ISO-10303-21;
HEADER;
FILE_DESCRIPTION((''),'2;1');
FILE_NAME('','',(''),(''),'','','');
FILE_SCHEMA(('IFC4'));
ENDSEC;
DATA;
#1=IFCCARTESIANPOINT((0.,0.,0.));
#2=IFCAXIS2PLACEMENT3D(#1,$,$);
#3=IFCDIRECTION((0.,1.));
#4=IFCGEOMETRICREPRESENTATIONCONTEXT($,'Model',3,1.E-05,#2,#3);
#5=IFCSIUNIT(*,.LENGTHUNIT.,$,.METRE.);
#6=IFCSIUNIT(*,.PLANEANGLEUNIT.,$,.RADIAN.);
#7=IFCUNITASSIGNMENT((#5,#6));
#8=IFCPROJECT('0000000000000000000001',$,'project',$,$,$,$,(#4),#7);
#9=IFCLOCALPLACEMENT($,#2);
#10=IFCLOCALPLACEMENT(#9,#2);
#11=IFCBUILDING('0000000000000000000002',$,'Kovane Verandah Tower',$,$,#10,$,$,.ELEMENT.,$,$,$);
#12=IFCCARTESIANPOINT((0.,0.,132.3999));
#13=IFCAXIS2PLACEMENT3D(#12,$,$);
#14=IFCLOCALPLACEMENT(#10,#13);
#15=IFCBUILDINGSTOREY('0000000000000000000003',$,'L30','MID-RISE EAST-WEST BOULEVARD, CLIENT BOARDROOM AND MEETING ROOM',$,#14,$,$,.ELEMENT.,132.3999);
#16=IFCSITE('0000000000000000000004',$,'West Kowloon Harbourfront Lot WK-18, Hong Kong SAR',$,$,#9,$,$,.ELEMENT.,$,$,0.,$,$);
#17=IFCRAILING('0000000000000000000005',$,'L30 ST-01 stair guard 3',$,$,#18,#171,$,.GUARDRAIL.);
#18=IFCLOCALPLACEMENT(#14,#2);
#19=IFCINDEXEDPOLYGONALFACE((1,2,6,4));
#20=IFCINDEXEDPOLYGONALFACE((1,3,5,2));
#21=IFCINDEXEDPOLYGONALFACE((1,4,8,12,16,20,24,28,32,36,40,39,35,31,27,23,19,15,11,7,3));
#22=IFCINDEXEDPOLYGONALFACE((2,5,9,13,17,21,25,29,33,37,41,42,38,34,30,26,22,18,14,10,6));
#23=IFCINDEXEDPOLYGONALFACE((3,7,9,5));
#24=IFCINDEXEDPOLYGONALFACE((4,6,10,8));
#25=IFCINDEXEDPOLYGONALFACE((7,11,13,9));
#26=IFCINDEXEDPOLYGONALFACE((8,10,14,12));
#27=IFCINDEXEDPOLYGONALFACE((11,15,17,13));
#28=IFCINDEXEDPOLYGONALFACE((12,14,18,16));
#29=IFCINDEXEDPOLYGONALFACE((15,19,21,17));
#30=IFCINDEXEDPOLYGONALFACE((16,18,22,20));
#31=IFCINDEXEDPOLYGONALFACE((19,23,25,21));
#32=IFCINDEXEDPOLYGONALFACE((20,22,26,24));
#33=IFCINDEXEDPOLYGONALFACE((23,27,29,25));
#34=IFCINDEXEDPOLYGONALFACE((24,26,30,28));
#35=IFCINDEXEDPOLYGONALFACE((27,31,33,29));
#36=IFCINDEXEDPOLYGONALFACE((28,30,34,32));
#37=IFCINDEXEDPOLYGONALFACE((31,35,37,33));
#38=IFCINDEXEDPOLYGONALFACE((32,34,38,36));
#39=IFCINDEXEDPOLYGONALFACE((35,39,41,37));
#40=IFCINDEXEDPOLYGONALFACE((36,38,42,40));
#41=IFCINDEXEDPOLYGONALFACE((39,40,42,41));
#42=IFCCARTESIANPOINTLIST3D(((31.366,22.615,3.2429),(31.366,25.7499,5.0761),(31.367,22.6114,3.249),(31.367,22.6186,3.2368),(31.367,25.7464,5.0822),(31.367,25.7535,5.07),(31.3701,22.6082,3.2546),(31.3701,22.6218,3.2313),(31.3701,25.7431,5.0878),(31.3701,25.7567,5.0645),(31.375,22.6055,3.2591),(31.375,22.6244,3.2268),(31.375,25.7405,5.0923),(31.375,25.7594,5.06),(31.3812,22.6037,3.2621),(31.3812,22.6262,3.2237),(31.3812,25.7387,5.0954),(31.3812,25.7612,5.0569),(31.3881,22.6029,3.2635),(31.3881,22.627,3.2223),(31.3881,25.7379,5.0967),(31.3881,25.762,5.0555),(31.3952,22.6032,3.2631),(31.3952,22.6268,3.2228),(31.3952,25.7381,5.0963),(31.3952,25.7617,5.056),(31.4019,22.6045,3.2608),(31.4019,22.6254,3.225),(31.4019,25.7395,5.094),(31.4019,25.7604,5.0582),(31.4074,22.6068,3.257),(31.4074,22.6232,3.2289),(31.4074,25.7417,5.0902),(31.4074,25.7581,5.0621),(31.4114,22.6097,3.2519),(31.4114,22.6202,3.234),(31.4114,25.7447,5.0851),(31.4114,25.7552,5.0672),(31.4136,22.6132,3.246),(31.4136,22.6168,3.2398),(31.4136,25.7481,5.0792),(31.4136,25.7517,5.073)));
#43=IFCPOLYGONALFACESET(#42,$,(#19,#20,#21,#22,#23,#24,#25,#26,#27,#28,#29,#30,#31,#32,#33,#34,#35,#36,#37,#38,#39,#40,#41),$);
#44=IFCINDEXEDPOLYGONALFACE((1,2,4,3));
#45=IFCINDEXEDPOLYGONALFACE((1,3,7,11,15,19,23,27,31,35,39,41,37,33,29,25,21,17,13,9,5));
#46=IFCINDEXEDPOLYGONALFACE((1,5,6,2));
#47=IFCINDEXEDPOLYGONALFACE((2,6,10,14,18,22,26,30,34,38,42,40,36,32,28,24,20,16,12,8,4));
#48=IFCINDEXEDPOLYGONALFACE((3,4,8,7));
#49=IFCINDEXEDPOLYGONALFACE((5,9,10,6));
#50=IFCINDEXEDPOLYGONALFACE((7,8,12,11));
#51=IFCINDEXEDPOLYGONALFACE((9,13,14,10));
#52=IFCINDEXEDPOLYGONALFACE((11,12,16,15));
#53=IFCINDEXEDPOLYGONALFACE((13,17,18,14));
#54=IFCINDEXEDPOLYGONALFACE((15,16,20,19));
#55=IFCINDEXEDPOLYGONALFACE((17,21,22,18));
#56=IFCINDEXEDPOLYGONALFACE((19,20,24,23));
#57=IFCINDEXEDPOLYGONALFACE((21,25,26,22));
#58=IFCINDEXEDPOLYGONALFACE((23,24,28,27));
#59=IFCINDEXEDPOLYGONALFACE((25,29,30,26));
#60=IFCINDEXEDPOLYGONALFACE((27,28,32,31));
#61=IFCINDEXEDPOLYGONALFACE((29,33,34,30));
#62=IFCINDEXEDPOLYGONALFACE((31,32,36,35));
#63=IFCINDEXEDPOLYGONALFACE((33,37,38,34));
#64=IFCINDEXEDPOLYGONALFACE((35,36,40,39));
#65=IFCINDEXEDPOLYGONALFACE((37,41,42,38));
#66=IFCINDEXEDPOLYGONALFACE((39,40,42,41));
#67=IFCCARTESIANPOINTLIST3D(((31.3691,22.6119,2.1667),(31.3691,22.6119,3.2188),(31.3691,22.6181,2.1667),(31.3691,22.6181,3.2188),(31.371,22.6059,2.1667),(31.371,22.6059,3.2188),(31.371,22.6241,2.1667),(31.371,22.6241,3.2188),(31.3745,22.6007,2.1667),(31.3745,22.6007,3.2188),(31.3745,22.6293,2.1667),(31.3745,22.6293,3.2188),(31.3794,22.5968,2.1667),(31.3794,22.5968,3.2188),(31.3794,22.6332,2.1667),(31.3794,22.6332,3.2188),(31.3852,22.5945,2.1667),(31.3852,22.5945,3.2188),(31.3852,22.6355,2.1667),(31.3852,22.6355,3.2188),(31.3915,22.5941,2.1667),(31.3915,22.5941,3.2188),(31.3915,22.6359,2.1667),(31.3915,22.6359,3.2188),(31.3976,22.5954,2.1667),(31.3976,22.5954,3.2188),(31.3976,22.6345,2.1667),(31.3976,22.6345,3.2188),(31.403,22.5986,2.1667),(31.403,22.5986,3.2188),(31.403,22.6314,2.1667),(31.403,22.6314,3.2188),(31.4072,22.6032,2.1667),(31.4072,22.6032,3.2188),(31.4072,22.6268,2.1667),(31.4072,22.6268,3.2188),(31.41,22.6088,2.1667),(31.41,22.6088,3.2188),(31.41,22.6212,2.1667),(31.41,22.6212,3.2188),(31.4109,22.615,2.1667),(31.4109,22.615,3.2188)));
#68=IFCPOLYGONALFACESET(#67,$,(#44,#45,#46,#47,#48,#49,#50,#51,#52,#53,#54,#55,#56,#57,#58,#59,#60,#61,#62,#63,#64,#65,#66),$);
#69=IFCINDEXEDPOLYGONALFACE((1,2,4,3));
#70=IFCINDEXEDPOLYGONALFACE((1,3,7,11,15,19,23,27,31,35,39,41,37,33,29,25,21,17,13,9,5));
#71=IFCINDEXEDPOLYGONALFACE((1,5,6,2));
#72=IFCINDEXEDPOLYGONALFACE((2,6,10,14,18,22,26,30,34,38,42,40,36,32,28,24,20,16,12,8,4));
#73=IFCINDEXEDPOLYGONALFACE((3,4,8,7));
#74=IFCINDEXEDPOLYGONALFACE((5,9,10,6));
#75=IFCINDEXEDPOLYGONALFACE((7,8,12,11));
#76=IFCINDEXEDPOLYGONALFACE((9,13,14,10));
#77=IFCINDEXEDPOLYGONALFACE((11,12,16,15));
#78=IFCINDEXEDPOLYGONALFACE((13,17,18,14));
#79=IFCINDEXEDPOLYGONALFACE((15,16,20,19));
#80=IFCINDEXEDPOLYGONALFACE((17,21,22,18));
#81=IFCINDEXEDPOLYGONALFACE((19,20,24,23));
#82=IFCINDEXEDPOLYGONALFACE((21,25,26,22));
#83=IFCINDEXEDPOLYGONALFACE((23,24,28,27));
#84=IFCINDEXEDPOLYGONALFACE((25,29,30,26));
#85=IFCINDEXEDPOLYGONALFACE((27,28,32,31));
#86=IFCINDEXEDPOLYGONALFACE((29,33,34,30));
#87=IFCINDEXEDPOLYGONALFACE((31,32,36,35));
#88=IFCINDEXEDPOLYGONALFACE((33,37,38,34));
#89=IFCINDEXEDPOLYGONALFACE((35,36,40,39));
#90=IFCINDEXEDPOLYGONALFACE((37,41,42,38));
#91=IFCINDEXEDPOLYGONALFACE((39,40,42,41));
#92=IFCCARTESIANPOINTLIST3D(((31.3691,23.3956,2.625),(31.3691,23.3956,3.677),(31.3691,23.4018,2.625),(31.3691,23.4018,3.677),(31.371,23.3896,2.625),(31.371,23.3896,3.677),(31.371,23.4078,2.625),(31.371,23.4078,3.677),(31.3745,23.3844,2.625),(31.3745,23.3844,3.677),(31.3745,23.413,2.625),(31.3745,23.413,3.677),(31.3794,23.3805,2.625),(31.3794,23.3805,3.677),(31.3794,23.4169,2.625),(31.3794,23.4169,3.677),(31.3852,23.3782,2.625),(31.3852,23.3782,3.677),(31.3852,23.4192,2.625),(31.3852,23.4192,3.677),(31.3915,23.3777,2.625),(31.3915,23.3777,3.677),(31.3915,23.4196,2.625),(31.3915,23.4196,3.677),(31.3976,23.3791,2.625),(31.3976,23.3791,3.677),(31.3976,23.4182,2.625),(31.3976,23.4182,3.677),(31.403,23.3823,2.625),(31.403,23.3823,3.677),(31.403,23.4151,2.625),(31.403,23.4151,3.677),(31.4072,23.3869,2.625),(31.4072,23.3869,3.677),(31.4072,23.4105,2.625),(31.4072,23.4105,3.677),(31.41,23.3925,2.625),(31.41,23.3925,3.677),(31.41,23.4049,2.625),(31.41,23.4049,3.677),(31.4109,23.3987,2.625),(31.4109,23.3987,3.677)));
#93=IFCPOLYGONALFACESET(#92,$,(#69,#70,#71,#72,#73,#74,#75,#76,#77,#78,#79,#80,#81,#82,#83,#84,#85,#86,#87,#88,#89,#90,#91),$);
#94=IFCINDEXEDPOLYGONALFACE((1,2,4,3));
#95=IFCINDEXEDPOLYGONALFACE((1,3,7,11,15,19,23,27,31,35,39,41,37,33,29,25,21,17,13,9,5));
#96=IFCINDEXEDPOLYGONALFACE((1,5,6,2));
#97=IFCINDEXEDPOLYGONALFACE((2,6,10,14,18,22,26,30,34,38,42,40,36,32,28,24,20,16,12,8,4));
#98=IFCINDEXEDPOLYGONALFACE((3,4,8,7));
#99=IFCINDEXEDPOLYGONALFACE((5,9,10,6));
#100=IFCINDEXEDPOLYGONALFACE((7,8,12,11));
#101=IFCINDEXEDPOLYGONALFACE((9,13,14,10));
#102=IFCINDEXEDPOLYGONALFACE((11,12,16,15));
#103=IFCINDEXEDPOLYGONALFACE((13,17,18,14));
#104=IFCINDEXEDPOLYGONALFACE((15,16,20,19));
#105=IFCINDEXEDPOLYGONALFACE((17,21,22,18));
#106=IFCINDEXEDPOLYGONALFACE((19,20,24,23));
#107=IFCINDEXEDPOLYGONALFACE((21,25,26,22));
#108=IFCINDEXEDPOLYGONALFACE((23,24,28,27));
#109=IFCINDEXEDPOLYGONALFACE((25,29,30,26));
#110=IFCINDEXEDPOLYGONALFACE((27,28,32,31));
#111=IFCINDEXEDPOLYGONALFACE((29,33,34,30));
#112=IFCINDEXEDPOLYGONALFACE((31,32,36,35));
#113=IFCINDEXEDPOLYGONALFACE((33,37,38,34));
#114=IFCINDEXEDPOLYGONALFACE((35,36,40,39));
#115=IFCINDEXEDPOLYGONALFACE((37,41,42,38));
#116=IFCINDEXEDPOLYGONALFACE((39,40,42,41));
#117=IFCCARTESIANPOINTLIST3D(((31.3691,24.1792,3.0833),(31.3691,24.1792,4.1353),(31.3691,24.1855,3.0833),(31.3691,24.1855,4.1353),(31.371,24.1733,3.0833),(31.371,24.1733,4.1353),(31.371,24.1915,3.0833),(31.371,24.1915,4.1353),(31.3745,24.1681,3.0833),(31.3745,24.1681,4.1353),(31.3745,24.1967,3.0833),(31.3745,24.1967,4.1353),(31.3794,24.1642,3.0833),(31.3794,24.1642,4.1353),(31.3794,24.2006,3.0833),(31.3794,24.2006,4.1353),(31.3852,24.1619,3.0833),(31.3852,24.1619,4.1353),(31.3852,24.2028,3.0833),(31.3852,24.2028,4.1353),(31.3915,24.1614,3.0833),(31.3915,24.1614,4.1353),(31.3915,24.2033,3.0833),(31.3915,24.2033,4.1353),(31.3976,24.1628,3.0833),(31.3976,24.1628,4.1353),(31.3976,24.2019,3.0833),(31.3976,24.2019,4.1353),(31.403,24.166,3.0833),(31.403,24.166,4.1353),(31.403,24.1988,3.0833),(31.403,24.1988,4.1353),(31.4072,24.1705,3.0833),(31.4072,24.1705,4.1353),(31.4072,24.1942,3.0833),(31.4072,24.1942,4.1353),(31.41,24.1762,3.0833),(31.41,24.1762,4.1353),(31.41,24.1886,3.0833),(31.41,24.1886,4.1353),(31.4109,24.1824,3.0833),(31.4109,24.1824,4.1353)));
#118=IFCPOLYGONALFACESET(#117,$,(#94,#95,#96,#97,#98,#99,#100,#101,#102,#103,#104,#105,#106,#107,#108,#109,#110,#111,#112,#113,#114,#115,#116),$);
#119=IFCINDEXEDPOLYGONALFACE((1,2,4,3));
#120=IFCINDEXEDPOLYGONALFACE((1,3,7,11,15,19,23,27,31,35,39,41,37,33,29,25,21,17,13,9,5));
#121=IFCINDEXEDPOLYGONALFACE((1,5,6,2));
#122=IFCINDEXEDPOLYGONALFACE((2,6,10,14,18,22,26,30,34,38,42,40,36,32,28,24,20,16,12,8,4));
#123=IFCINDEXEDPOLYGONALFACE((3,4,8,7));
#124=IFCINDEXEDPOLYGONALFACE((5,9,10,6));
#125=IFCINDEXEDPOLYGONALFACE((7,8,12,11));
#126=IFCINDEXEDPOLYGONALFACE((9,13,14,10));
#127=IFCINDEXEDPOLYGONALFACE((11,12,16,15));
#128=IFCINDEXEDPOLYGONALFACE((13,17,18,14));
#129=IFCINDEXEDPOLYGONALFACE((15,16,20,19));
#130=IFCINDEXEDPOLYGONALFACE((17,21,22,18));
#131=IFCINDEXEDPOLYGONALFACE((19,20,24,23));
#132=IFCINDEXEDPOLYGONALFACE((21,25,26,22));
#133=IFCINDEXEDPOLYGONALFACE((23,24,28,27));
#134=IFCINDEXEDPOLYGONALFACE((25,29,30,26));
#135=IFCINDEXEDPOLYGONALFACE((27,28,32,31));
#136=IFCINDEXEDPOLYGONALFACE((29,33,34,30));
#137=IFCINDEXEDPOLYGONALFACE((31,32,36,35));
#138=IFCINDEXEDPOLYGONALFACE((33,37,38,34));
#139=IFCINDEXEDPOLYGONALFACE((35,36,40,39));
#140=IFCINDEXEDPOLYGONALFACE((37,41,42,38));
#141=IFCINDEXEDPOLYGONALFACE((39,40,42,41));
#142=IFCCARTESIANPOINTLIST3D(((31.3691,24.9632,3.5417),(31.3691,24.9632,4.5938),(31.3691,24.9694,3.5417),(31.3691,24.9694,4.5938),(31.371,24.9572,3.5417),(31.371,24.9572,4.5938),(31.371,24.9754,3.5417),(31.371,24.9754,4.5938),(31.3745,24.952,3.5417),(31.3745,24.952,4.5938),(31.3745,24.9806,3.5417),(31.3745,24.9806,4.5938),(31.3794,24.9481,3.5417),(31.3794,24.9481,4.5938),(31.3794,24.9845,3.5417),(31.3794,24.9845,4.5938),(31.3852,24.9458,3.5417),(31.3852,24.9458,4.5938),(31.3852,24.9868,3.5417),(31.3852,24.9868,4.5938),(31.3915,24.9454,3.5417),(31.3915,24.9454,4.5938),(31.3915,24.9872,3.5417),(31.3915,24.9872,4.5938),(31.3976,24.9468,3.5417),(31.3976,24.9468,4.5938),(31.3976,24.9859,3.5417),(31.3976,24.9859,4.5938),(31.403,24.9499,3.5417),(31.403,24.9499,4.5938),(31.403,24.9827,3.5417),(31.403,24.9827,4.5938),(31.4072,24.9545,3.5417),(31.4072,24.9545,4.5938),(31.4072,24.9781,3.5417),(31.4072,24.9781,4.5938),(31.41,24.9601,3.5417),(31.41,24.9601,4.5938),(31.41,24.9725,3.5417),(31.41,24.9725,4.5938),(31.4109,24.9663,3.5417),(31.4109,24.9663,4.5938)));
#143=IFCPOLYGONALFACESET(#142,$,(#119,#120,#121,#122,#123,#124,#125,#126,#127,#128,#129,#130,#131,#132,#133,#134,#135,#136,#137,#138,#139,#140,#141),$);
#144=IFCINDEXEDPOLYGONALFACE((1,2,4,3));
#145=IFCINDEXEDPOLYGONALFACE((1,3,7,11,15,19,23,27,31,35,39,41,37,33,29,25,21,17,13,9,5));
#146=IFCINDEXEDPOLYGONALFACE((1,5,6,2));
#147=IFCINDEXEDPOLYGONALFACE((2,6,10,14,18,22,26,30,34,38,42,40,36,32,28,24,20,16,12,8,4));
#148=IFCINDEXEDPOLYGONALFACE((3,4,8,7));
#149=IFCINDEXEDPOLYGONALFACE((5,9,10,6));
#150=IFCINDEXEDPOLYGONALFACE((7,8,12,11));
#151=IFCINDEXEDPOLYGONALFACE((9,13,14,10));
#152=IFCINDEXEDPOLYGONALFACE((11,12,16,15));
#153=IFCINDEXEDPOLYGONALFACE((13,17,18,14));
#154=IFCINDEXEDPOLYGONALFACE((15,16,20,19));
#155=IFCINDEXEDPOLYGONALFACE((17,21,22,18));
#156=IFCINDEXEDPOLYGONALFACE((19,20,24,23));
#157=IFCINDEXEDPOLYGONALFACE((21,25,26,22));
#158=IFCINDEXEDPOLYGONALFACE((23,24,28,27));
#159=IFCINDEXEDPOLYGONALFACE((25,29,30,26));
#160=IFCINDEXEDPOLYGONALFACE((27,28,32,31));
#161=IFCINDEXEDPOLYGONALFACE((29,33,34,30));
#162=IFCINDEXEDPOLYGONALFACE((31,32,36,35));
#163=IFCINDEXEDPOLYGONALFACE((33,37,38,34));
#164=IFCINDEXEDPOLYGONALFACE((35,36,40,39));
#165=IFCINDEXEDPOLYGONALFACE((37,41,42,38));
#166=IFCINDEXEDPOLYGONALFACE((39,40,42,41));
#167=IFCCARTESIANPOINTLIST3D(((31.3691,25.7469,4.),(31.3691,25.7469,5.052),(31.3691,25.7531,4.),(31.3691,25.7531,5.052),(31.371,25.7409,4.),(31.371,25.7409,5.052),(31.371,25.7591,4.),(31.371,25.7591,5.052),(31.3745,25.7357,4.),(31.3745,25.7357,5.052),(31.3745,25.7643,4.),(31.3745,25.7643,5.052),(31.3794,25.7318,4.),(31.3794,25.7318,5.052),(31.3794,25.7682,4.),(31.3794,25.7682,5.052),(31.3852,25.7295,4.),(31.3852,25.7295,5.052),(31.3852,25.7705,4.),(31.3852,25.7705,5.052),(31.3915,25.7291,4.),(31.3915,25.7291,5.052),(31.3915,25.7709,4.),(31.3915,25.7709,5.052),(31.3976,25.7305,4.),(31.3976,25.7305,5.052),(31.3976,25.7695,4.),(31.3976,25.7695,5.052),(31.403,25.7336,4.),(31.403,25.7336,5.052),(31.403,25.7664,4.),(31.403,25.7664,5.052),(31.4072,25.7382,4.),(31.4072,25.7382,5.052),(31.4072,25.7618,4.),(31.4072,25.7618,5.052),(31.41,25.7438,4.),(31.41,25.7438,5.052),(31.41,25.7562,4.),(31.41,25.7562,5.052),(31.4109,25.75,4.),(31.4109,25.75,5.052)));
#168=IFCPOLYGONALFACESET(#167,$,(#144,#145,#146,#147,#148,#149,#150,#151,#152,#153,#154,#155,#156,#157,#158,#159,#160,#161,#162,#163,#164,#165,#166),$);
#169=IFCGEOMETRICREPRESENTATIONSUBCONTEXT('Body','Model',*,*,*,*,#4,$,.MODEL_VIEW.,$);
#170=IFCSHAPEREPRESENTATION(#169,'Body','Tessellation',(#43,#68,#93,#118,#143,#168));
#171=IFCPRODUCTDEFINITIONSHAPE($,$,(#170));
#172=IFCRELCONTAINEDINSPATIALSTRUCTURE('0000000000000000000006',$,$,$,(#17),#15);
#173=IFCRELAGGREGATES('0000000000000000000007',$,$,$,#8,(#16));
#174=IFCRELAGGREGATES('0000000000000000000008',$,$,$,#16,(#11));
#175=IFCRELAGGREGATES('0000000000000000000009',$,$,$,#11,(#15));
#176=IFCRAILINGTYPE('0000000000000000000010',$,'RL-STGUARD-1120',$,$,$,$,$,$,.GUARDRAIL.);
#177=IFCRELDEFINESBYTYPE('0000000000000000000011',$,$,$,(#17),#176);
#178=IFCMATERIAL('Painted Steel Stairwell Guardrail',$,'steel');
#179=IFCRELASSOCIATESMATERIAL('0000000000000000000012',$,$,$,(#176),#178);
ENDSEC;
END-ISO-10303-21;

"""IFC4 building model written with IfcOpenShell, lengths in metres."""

from ifc_helpers import new_model, si_unit, direction, frame, origin, origin_2d, place, context, subcontext, project, spatial, circle, extrude, material, type_object, element, save


model = new_model("IFC4")

# Units and contexts
model_context = context("Model", 3, precision=1e-05, world=origin(), true_north=direction((0.0, 1.0)))
body_context = subcontext(model_context, "Body", "Model", "MODEL_VIEW")
ifc_project = project(units=[si_unit("LENGTHUNIT", "METRE"), si_unit("PLANEANGLEUNIT", "RADIAN")], contexts=[model_context])

# Site, building, storey
site_placement = place(None, origin())
site = spatial("IfcSite", under=ifc_project, at=site_placement, Name="West Kowloon Harbourfront Lot WK-18, Hong Kong SAR", CompositionType="ELEMENT", RefElevation=0.0)
building_placement = place(site_placement, origin())
building = spatial("IfcBuilding", under=site, at=building_placement, Name="Kovane Verandah Tower", CompositionType="ELEMENT")
storey_placement = place(building_placement, frame((0.0, 0.0, 132.3999)))
storey = spatial("IfcBuildingStorey", under=building, at=storey_placement, Name="L30", Description="MID-RISE EAST-WEST BOULEVARD, CLIENT BOARDROOM AND MEETING ROOM", CompositionType="ELEMENT", Elevation=132.3999)

# Railing
ifc_material_1 = material(Name="Painted Steel Stairwell Guardrail", Category="steel")
railing_type_1 = type_object("IfcRailingType", Name="RL-STGUARD-1120", PredefinedType="GUARDRAIL", material=ifc_material_1)
railing_1_placement = place(storey_placement, frame((31.3899, 22.615, 2.1667)))
element("IfcRailing", 1, at=railing_1_placement, inside=storey, type_object=railing_type_1, Name="L30 ST-01 stair guard 3", PredefinedType="GUARDRAIL", context=body_context, shape_type="SweptSolid", body=[
    extrude(circle(Radius=0.0239, at=origin_2d()), frame((0.0, 0.0, 1.0762), z_axis=(0.0, 0.86324, 0.504794), x_axis=(-1.0, 0.0, 0.0)), (0.0, 0.0, 1.0), 3.6316),
    extrude(circle(Radius=0.021, at=origin_2d()), origin(), (0.0, 0.0, 1.0), 1.052),
    extrude(circle(Radius=0.021, at=origin_2d()), frame((0.0, 0.7837, 0.4583)), (0.0, 0.0, 1.0), 1.052),
    extrude(circle(Radius=0.021, at=origin_2d()), frame((0.0, 1.5674, 0.9165)), (0.0, 0.0, 1.0), 1.052),
    extrude(circle(Radius=0.021, at=origin_2d()), frame((0.0, 2.3513, 1.375)), (0.0, 0.0, 1.0), 1.052),
    extrude(circle(Radius=0.021, at=origin_2d()), frame((0.0, 3.135, 1.8333)), (0.0, 0.0, 1.0), 1.052),
])

save(model, "model.ifc")
